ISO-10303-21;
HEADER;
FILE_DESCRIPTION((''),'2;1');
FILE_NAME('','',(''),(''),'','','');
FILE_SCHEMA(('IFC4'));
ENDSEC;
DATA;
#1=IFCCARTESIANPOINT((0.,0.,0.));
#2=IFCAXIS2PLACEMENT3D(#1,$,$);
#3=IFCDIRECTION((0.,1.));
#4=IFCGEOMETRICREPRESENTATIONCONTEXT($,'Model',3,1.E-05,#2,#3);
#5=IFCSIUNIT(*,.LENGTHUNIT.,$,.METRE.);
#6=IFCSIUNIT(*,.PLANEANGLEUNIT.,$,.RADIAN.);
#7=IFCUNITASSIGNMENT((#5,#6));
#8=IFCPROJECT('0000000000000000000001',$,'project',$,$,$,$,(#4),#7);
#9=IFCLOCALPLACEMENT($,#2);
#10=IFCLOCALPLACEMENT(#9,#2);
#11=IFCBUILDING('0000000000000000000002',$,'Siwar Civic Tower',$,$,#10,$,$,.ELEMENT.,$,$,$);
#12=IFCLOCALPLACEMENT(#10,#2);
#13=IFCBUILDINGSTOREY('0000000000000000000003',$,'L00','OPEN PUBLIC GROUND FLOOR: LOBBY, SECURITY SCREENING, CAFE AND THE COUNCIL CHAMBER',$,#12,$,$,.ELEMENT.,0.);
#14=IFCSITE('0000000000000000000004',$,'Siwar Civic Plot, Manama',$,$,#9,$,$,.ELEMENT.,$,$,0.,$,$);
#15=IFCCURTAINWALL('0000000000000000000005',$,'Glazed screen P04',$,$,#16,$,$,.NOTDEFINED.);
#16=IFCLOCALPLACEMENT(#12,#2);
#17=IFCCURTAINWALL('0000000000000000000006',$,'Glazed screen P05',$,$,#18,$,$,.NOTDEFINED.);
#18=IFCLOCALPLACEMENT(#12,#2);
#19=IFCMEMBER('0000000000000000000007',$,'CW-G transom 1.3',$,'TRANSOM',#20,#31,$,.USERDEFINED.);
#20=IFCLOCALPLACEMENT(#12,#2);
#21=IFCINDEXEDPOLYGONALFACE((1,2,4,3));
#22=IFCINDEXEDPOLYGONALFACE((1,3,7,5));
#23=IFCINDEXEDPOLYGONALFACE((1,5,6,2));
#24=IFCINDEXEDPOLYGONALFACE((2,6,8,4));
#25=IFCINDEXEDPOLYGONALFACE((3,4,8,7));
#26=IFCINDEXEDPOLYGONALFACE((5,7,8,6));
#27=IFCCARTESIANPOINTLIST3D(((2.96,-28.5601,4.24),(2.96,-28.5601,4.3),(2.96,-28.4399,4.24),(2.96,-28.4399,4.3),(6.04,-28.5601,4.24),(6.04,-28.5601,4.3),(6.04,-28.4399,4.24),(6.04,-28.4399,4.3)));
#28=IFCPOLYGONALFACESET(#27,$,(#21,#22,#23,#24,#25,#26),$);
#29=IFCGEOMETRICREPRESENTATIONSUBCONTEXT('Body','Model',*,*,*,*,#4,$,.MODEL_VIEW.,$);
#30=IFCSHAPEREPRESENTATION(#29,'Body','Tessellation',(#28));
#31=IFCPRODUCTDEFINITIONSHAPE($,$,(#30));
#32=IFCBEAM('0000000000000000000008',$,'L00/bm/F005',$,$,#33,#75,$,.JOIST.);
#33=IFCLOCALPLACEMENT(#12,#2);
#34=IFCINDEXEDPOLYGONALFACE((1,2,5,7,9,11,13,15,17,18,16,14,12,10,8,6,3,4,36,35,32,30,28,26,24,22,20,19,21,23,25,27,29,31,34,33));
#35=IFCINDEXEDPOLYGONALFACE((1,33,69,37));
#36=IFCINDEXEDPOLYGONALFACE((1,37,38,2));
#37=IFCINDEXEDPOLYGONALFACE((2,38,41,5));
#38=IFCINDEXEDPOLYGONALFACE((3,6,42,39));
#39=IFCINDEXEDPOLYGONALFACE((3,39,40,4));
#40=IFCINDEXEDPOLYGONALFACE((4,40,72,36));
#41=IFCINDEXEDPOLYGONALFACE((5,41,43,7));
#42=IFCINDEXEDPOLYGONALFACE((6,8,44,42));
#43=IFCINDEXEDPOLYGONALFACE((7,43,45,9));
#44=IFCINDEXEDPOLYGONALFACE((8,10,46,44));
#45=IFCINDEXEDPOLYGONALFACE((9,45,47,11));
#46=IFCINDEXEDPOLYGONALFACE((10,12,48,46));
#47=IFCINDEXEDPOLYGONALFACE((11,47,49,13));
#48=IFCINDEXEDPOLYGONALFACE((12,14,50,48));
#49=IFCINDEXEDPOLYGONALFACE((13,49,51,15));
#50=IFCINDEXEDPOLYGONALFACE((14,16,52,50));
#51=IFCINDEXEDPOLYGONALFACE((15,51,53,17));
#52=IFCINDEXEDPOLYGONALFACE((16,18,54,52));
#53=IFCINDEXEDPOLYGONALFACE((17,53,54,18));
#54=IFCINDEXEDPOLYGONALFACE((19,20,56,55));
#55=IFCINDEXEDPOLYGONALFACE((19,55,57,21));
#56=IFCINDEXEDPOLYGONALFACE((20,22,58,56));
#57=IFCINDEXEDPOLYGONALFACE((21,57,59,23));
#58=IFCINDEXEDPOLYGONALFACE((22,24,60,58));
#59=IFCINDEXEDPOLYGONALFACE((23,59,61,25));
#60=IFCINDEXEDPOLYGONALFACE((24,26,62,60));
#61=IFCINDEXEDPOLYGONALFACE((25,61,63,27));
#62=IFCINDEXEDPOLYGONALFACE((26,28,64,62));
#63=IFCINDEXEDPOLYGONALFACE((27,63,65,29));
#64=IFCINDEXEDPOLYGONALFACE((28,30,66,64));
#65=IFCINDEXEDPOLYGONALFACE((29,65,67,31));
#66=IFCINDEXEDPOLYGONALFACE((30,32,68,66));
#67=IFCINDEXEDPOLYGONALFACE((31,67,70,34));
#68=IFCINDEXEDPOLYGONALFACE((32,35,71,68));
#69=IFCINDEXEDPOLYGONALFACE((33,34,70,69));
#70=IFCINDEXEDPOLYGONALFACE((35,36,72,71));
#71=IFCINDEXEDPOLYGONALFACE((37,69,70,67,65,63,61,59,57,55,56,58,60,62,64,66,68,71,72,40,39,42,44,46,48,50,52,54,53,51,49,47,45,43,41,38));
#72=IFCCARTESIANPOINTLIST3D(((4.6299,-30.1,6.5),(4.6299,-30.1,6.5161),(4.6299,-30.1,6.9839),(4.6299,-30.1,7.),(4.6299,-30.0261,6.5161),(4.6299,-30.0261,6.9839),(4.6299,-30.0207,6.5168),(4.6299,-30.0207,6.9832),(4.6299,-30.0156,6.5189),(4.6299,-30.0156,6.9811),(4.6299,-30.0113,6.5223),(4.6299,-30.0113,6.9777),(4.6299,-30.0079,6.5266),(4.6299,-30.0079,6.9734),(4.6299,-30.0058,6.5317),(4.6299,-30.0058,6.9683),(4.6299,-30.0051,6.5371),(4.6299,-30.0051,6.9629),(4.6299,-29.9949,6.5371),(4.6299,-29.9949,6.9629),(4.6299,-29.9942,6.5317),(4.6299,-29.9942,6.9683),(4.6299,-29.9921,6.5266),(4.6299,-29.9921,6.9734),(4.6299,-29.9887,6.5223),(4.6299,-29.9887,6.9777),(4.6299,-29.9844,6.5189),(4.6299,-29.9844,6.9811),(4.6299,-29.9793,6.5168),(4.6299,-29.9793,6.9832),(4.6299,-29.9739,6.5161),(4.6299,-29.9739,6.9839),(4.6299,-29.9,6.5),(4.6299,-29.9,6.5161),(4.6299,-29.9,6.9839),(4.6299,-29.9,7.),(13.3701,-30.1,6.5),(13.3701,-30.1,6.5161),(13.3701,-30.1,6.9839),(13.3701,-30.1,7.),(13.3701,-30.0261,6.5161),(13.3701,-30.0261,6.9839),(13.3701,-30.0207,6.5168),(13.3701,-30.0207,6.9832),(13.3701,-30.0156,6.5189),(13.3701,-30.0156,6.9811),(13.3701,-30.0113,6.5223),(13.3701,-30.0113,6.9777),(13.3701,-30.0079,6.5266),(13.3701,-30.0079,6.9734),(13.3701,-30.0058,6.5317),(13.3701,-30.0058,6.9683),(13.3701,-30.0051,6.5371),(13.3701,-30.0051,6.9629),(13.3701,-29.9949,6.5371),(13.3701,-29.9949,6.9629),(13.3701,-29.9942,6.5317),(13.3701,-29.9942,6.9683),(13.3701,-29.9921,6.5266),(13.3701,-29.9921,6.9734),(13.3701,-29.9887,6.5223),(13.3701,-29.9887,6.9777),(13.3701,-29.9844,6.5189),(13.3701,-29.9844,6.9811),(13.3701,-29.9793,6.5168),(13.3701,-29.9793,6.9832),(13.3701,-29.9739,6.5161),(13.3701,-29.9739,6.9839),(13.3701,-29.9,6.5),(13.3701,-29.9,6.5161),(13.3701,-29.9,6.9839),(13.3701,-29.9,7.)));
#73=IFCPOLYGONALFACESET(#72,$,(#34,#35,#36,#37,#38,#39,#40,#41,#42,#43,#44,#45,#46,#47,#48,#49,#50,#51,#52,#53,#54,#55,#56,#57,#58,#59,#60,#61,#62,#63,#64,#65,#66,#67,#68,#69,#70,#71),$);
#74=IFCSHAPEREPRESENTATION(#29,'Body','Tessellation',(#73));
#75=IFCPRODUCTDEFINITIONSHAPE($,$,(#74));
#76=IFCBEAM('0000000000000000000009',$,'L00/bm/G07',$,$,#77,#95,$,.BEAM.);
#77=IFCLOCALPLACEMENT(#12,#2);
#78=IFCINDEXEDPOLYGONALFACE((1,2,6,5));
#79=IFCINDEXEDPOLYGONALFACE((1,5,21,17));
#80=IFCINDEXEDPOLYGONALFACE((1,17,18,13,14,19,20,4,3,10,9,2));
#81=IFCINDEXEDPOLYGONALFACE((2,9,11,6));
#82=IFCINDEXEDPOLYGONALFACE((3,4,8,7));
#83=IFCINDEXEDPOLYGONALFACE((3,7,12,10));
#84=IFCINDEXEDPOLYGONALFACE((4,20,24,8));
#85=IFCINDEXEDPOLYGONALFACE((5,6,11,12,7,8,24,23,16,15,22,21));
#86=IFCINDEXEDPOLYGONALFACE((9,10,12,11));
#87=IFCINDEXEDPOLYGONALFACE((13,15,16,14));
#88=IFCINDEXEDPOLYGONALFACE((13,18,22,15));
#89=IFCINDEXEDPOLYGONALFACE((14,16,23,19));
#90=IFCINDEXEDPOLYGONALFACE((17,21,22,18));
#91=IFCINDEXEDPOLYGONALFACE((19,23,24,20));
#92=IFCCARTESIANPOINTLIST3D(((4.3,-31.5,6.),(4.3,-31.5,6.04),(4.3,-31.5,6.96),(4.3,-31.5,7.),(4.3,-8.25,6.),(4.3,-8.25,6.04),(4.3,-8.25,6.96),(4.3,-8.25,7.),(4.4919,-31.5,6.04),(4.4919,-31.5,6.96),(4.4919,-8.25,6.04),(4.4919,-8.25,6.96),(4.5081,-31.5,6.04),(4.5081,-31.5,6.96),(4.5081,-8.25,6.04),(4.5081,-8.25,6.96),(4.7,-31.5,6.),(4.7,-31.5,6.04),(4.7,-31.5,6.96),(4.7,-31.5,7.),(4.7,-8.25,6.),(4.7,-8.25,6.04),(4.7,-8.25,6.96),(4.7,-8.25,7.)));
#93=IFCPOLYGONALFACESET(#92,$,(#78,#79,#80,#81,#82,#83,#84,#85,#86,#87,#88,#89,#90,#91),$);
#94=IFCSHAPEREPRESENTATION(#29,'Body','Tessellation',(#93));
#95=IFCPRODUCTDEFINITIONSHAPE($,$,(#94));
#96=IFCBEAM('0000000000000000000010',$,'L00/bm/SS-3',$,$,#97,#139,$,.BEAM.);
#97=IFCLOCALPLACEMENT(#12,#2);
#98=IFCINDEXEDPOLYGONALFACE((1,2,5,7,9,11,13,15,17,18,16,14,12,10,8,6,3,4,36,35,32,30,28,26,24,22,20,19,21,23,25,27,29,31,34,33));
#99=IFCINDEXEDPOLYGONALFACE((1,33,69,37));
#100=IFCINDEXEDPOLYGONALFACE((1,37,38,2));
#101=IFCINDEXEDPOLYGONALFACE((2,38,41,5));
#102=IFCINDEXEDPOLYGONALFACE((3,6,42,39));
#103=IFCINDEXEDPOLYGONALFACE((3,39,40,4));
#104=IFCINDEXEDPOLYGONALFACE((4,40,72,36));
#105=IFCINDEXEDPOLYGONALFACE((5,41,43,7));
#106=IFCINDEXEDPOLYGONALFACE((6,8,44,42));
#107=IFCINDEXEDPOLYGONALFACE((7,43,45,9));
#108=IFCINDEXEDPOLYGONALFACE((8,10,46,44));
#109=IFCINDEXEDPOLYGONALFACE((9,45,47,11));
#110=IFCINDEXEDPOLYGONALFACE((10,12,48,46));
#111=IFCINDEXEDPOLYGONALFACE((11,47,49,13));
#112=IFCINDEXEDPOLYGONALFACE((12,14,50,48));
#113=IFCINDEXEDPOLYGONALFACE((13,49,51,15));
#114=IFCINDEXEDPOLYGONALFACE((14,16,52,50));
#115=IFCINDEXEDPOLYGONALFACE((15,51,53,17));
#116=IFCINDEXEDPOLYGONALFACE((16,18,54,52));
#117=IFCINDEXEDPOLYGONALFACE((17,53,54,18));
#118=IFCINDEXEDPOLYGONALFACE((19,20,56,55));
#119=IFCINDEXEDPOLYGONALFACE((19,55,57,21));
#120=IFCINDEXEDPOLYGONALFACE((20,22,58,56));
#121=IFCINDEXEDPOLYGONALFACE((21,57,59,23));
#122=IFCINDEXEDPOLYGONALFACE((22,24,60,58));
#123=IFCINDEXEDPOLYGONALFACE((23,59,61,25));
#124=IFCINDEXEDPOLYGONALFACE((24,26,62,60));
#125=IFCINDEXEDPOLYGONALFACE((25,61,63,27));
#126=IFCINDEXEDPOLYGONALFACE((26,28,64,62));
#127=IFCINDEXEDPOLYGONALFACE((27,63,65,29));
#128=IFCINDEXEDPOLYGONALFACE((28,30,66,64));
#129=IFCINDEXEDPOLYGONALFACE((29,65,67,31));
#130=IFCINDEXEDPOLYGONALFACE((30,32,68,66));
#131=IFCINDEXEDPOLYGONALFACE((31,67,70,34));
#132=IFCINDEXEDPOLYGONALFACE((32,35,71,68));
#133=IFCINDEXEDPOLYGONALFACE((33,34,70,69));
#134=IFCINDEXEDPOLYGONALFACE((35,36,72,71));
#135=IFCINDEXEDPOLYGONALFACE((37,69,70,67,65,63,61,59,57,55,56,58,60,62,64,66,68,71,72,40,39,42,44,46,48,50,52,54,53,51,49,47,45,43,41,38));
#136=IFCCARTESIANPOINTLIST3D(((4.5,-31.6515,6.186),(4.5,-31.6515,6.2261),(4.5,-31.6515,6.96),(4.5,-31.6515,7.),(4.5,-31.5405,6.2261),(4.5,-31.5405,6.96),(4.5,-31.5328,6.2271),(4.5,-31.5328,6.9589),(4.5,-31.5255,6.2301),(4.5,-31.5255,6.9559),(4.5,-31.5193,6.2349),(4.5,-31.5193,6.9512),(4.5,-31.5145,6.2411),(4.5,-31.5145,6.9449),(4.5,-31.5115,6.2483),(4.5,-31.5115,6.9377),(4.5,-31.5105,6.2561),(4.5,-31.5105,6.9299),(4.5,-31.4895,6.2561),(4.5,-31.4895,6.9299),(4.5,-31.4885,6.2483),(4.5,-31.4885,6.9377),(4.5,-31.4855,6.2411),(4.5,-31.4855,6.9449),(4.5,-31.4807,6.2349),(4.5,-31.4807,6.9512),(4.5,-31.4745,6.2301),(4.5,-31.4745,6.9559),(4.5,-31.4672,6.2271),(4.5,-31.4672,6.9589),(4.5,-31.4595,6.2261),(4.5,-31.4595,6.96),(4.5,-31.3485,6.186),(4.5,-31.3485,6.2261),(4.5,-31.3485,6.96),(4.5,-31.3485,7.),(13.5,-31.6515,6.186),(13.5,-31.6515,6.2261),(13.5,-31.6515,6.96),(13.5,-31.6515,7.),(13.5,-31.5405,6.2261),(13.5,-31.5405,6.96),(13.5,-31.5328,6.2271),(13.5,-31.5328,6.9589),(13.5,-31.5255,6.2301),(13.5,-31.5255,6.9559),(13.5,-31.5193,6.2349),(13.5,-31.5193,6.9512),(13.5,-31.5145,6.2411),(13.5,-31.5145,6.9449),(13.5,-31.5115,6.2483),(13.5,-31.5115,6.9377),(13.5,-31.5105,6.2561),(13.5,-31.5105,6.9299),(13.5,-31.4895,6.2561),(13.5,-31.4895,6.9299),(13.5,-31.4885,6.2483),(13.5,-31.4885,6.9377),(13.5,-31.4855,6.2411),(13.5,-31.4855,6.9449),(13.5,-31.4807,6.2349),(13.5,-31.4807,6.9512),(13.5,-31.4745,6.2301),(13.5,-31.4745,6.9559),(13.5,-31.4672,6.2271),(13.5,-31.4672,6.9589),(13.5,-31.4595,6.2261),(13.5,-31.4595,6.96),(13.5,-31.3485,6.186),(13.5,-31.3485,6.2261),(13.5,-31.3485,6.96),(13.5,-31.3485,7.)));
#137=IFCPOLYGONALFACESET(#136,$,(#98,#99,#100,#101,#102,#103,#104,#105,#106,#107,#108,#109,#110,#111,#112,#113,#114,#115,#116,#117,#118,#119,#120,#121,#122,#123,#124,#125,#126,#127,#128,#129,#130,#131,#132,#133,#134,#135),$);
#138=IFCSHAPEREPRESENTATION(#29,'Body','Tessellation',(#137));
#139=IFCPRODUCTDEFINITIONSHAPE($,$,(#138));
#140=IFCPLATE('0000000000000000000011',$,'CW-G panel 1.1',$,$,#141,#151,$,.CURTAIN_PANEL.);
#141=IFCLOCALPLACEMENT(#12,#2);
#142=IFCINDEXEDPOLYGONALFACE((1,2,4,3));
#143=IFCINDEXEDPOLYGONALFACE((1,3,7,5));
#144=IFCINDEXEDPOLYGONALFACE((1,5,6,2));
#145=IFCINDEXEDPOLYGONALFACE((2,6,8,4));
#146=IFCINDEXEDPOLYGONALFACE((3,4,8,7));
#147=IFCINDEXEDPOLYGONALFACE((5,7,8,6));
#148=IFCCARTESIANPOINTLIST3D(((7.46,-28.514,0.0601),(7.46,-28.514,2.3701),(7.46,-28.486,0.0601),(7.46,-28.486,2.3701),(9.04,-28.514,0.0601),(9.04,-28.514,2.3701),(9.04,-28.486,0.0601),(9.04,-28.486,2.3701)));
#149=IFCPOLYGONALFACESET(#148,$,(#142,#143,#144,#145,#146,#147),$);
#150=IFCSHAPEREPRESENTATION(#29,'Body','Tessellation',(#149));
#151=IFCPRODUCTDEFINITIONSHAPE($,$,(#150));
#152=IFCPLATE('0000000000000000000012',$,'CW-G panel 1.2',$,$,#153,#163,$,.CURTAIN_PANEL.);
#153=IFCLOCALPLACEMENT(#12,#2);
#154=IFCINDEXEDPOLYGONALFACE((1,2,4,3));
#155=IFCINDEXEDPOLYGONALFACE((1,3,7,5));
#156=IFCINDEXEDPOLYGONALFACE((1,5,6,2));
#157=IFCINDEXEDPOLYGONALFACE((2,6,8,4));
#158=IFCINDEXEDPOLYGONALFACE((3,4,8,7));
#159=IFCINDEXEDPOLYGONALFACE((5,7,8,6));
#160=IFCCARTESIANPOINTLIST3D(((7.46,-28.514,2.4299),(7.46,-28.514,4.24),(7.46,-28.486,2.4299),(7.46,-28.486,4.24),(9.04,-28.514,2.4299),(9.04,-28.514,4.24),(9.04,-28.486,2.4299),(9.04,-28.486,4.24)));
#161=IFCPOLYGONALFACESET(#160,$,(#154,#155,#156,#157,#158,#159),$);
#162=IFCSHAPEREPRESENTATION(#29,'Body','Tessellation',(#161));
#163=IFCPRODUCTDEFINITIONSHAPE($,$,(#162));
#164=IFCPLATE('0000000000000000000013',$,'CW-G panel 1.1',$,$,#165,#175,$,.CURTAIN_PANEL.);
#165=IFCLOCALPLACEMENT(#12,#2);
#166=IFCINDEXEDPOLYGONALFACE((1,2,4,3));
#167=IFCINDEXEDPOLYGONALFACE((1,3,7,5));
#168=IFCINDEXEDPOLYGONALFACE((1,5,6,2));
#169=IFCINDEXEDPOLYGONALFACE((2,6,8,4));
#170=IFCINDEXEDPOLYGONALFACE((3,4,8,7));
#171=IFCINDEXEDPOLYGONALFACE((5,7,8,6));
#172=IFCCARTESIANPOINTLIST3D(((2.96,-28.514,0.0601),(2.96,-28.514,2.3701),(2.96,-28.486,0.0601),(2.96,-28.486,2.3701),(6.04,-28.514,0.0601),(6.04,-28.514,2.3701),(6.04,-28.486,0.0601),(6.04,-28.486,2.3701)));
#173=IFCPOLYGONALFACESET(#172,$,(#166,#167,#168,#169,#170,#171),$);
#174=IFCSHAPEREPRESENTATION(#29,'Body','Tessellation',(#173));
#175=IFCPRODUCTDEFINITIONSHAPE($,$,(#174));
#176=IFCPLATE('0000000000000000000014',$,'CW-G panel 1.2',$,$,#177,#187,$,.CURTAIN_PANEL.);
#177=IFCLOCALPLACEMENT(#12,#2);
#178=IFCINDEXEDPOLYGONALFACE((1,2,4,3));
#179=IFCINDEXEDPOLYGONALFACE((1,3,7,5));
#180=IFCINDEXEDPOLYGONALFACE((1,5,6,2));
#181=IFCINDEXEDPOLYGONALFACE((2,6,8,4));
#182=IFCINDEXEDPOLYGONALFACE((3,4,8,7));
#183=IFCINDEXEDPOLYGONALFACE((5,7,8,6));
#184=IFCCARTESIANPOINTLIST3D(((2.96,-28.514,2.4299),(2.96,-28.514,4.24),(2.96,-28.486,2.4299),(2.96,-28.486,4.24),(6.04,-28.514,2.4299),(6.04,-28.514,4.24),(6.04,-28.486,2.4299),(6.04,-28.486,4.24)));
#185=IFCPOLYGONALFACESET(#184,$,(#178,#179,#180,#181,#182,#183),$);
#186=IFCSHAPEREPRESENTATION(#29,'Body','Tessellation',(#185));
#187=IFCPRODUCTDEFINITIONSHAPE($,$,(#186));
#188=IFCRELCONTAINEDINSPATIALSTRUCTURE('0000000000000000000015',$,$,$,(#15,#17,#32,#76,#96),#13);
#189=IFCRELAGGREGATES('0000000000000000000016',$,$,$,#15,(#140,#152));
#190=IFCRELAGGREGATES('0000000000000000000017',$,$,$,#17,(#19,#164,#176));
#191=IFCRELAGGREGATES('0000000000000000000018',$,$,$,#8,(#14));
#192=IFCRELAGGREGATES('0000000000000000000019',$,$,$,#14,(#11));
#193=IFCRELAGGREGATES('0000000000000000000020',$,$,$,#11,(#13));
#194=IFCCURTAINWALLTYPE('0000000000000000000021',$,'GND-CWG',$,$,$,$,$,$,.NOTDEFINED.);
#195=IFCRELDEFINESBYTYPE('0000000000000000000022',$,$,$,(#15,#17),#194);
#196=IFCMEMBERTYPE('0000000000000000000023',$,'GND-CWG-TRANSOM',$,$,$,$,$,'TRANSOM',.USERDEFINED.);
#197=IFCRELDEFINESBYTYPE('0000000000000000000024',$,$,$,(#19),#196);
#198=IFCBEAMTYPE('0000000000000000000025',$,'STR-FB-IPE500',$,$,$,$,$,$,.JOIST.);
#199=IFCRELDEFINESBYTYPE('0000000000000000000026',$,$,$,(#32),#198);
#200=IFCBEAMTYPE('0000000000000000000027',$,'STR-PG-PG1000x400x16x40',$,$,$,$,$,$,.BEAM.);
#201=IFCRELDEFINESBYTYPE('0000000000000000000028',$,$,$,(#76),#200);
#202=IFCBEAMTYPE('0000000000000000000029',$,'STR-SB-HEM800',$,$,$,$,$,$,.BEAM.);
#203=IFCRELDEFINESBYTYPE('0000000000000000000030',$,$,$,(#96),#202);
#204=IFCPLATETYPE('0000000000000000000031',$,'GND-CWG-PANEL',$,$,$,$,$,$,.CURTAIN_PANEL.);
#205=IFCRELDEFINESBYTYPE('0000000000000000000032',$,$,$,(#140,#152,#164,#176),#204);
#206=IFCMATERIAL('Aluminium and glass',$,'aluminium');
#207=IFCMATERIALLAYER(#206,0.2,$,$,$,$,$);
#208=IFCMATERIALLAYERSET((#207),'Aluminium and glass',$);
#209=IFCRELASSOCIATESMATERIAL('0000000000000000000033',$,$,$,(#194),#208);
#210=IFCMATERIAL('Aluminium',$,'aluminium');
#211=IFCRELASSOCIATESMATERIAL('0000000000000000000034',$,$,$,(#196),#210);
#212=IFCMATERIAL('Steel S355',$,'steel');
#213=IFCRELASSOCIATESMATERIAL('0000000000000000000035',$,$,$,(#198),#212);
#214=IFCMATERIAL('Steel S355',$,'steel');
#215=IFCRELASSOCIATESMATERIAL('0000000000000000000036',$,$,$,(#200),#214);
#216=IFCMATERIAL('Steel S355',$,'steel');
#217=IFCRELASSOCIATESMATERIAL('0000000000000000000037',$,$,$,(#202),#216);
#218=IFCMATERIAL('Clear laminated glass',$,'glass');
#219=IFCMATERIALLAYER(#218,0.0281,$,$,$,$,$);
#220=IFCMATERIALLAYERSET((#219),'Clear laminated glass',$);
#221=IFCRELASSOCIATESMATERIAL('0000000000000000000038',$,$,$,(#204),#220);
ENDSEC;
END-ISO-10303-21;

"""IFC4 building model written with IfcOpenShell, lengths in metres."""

from ifc_helpers import new_model, si_unit, direction, frame, origin, origin_2d, place, context, subcontext, project, spatial, rectangle, i_section, extrude, material, layer, layer_set, material_profile, profile_set, type_object, element, aggregate, save


model = new_model("IFC4")

# Units and contexts
model_context = context("Model", 3, precision=1e-05, world=origin(), true_north=direction((0.0, 1.0)))
body_context = subcontext(model_context, "Body", "Model", "MODEL_VIEW")
ifc_project = project(units=[si_unit("LENGTHUNIT", "METRE"), si_unit("PLANEANGLEUNIT", "RADIAN")], contexts=[model_context])

# Site, building, storey
site_placement = place(None, origin())
site = spatial("IfcSite", under=ifc_project, at=site_placement, Name="Siwar Civic Plot, Manama", CompositionType="ELEMENT", RefElevation=0.0)
building_placement = place(site_placement, origin())
building = spatial("IfcBuilding", under=site, at=building_placement, Name="Siwar Civic Tower", CompositionType="ELEMENT")
storey_placement = place(building_placement, origin())
storey = spatial("IfcBuildingStorey", under=building, at=storey_placement, Name="L00", Description="OPEN PUBLIC GROUND FLOOR: LOBBY, SECURITY SCREENING, CAFE AND THE COUNCIL CHAMBER", CompositionType="ELEMENT", Elevation=0.0)

# Curtain wall
ifc_material_1 = material(Name="Aluminium and glass", Category="aluminium")
ifc_layer_1 = layer(ifc_material_1, 0.2)
ifc_layer_set_1 = layer_set([ifc_layer_1], Name="Aluminium and glass")
curtain_wall_type = type_object("IfcCurtainWallType", Name="GND-CWG", PredefinedType="NOTDEFINED", material=ifc_layer_set_1)
curtain_wall_1_placement = place(storey_placement, origin())
curtain_wall_1 = element("IfcCurtainWall", 1, at=curtain_wall_1_placement, inside=storey, type_object=curtain_wall_type, Name="Glazed screen P04", PredefinedType="NOTDEFINED")

# Curtain wall
curtain_wall_2_placement = place(storey_placement, origin())
curtain_wall_2 = element("IfcCurtainWall", 2, at=curtain_wall_2_placement, inside=storey, type_object=curtain_wall_type, Name="Glazed screen P05", PredefinedType="NOTDEFINED")

# Member
ifc_material_2 = material(Name="Aluminium", Category="aluminium")
ifc_material_profile_1 = material_profile(ifc_material_2, rectangle(XDim=0.1201, YDim=0.0601, at=origin_2d()), Name="AL 120x60")
ifc_profile_set_1 = profile_set([ifc_material_profile_1], Name="Aluminium")
member_type_1 = type_object("IfcMemberType", Name="GND-CWG-TRANSOM", ElementType="TRANSOM", PredefinedType="USERDEFINED", material=ifc_profile_set_1)
member_1_placement = place(storey_placement, frame((2.96, -28.5, 4.27), z_axis=(1.0, 0.0, 0.0), x_axis=(0.0, 1.0, 0.0)))
member_1 = element("IfcMember", 3, at=member_1_placement, type_object=member_type_1, Name="CW-G transom 1.3", ObjectType="TRANSOM", PredefinedType="USERDEFINED", context=body_context, shape_type="SweptSolid", body=[
    extrude(rectangle(XDim=0.1201, YDim=0.0601, at=origin_2d()), origin(), (0.0, 0.0, 1.0), 3.0801),
])

# Beams
ifc_material_3 = material(Name="Steel S355", Category="steel")
ifc_material_profile_2 = material_profile(ifc_material_3, i_section(OverallWidth=0.2, OverallDepth=0.5, WebThickness=0.0103, FlangeThickness=0.0161, FilletRadius=0.021, at=origin_2d()), Name="IPE500")
ifc_profile_set_2 = profile_set([ifc_material_profile_2], Name="Steel S355")
beam_type_1 = type_object("IfcBeamType", Name="STR-FB-IPE500", PredefinedType="JOIST", material=ifc_profile_set_2)
beam_1_placement = place(storey_placement, frame((4.6299, -30.0, 6.75), z_axis=(1.0, 0.0, 0.0), x_axis=(0.0, 1.0, 0.0)))
element("IfcBeam", 4, at=beam_1_placement, inside=storey, type_object=beam_type_1, Name="L00/bm/F005", PredefinedType="JOIST", context=body_context, shape_type="SweptSolid", body=[
    extrude(i_section(OverallWidth=0.2, OverallDepth=0.5, WebThickness=0.0103, FlangeThickness=0.0161, FilletRadius=0.021, at=origin_2d()), origin(), (0.0, 0.0, 1.0), 8.7402),
])
ifc_material_4 = material(Name="Steel S355", Category="steel")
ifc_material_profile_3 = material_profile(ifc_material_4, i_section(OverallWidth=0.3999, OverallDepth=1.0, WebThickness=0.0161, FlangeThickness=0.04, at=origin_2d()), Name="PG1000x400x16x40")
ifc_profile_set_3 = profile_set([ifc_material_profile_3], Name="Steel S355")
beam_type_2 = type_object("IfcBeamType", Name="STR-PG-PG1000x400x16x40", PredefinedType="BEAM", material=ifc_profile_set_3)
beam_2_placement = place(storey_placement, frame((4.5, -31.5, 6.5), z_axis=(0.0, 1.0, 0.0), x_axis=(-1.0, 0.0, 0.0)))
element("IfcBeam", 5, at=beam_2_placement, inside=storey, type_object=beam_type_2, Name="L00/bm/G07", PredefinedType="BEAM", context=body_context, shape_type="SweptSolid", body=[
    extrude(i_section(OverallWidth=0.3999, OverallDepth=1.0, WebThickness=0.0161, FlangeThickness=0.04, at=origin_2d()), origin(), (0.0, 0.0, 1.0), 23.25),
])
ifc_material_5 = material(Name="Steel S355", Category="steel")
ifc_material_profile_4 = material_profile(ifc_material_5, i_section(OverallWidth=0.303, OverallDepth=0.814, WebThickness=0.021, FlangeThickness=0.04, FilletRadius=0.03, at=origin_2d()), Name="HEM800")
ifc_profile_set_4 = profile_set([ifc_material_profile_4], Name="Steel S355")
beam_type_3 = type_object("IfcBeamType", Name="STR-SB-HEM800", PredefinedType="BEAM", material=ifc_profile_set_4)
beam_3_placement = place(storey_placement, frame((4.5, -31.5, 6.593), z_axis=(1.0, 0.0, 0.0), x_axis=(0.0, 1.0, 0.0)))
element("IfcBeam", 6, at=beam_3_placement, inside=storey, type_object=beam_type_3, Name="L00/bm/SS-3", PredefinedType="BEAM", context=body_context, shape_type="SweptSolid", body=[
    extrude(i_section(OverallWidth=0.303, OverallDepth=0.814, WebThickness=0.021, FlangeThickness=0.04, FilletRadius=0.03, at=origin_2d()), origin(), (0.0, 0.0, 1.0), 9.0),
])

# Plates
ifc_material_6 = material(Name="Clear laminated glass", Category="glass")
ifc_layer_2 = layer(ifc_material_6, 0.0281)
ifc_layer_set_2 = layer_set([ifc_layer_2], Name="Clear laminated glass")
plate_type = type_object("IfcPlateType", Name="GND-CWG-PANEL", PredefinedType="CURTAIN_PANEL", material=ifc_layer_set_2)
plate_1_placement = place(storey_placement, frame((8.25, -28.5, 0.0601), z_axis=(0.0, 0.0, 1.0), x_axis=(1.0, 0.0, 0.0)))
plate_1 = element("IfcPlate", 7, at=plate_1_placement, type_object=plate_type, Name="CW-G panel 1.1", PredefinedType="CURTAIN_PANEL", context=body_context, shape_type="SweptSolid", body=[
    extrude(rectangle(XDim=1.5801, YDim=0.0281, at=origin_2d()), origin(), (0.0, 0.0, 1.0), 2.3101),
])
plate_2_placement = place(storey_placement, frame((8.25, -28.5, 2.4299), z_axis=(0.0, 0.0, 1.0), x_axis=(1.0, 0.0, 0.0)))
plate_2 = element("IfcPlate", 8, at=plate_2_placement, type_object=plate_type, Name="CW-G panel 1.2", PredefinedType="CURTAIN_PANEL", context=body_context, shape_type="SweptSolid", body=[
    extrude(rectangle(XDim=1.5801, YDim=0.0281, at=origin_2d()), origin(), (0.0, 0.0, 1.0), 1.8101),
])
aggregate(curtain_wall_1, [plate_1, plate_2])
plate_3_placement = place(storey_placement, frame((4.5, -28.5, 0.0601), z_axis=(0.0, 0.0, 1.0), x_axis=(1.0, 0.0, 0.0)))
plate_3 = element("IfcPlate", 9, at=plate_3_placement, type_object=plate_type, Name="CW-G panel 1.1", PredefinedType="CURTAIN_PANEL", context=body_context, shape_type="SweptSolid", body=[
    extrude(rectangle(XDim=3.0801, YDim=0.0281, at=origin_2d()), origin(), (0.0, 0.0, 1.0), 2.3101),
])
plate_4_placement = place(storey_placement, frame((4.5, -28.5, 2.4299), z_axis=(0.0, 0.0, 1.0), x_axis=(1.0, 0.0, 0.0)))
plate_4 = element("IfcPlate", 10, at=plate_4_placement, type_object=plate_type, Name="CW-G panel 1.2", PredefinedType="CURTAIN_PANEL", context=body_context, shape_type="SweptSolid", body=[
    extrude(rectangle(XDim=3.0801, YDim=0.0281, at=origin_2d()), origin(), (0.0, 0.0, 1.0), 1.8101),
])
aggregate(curtain_wall_2, [member_1, plate_3, plate_4])

save(model, "model.ifc")
